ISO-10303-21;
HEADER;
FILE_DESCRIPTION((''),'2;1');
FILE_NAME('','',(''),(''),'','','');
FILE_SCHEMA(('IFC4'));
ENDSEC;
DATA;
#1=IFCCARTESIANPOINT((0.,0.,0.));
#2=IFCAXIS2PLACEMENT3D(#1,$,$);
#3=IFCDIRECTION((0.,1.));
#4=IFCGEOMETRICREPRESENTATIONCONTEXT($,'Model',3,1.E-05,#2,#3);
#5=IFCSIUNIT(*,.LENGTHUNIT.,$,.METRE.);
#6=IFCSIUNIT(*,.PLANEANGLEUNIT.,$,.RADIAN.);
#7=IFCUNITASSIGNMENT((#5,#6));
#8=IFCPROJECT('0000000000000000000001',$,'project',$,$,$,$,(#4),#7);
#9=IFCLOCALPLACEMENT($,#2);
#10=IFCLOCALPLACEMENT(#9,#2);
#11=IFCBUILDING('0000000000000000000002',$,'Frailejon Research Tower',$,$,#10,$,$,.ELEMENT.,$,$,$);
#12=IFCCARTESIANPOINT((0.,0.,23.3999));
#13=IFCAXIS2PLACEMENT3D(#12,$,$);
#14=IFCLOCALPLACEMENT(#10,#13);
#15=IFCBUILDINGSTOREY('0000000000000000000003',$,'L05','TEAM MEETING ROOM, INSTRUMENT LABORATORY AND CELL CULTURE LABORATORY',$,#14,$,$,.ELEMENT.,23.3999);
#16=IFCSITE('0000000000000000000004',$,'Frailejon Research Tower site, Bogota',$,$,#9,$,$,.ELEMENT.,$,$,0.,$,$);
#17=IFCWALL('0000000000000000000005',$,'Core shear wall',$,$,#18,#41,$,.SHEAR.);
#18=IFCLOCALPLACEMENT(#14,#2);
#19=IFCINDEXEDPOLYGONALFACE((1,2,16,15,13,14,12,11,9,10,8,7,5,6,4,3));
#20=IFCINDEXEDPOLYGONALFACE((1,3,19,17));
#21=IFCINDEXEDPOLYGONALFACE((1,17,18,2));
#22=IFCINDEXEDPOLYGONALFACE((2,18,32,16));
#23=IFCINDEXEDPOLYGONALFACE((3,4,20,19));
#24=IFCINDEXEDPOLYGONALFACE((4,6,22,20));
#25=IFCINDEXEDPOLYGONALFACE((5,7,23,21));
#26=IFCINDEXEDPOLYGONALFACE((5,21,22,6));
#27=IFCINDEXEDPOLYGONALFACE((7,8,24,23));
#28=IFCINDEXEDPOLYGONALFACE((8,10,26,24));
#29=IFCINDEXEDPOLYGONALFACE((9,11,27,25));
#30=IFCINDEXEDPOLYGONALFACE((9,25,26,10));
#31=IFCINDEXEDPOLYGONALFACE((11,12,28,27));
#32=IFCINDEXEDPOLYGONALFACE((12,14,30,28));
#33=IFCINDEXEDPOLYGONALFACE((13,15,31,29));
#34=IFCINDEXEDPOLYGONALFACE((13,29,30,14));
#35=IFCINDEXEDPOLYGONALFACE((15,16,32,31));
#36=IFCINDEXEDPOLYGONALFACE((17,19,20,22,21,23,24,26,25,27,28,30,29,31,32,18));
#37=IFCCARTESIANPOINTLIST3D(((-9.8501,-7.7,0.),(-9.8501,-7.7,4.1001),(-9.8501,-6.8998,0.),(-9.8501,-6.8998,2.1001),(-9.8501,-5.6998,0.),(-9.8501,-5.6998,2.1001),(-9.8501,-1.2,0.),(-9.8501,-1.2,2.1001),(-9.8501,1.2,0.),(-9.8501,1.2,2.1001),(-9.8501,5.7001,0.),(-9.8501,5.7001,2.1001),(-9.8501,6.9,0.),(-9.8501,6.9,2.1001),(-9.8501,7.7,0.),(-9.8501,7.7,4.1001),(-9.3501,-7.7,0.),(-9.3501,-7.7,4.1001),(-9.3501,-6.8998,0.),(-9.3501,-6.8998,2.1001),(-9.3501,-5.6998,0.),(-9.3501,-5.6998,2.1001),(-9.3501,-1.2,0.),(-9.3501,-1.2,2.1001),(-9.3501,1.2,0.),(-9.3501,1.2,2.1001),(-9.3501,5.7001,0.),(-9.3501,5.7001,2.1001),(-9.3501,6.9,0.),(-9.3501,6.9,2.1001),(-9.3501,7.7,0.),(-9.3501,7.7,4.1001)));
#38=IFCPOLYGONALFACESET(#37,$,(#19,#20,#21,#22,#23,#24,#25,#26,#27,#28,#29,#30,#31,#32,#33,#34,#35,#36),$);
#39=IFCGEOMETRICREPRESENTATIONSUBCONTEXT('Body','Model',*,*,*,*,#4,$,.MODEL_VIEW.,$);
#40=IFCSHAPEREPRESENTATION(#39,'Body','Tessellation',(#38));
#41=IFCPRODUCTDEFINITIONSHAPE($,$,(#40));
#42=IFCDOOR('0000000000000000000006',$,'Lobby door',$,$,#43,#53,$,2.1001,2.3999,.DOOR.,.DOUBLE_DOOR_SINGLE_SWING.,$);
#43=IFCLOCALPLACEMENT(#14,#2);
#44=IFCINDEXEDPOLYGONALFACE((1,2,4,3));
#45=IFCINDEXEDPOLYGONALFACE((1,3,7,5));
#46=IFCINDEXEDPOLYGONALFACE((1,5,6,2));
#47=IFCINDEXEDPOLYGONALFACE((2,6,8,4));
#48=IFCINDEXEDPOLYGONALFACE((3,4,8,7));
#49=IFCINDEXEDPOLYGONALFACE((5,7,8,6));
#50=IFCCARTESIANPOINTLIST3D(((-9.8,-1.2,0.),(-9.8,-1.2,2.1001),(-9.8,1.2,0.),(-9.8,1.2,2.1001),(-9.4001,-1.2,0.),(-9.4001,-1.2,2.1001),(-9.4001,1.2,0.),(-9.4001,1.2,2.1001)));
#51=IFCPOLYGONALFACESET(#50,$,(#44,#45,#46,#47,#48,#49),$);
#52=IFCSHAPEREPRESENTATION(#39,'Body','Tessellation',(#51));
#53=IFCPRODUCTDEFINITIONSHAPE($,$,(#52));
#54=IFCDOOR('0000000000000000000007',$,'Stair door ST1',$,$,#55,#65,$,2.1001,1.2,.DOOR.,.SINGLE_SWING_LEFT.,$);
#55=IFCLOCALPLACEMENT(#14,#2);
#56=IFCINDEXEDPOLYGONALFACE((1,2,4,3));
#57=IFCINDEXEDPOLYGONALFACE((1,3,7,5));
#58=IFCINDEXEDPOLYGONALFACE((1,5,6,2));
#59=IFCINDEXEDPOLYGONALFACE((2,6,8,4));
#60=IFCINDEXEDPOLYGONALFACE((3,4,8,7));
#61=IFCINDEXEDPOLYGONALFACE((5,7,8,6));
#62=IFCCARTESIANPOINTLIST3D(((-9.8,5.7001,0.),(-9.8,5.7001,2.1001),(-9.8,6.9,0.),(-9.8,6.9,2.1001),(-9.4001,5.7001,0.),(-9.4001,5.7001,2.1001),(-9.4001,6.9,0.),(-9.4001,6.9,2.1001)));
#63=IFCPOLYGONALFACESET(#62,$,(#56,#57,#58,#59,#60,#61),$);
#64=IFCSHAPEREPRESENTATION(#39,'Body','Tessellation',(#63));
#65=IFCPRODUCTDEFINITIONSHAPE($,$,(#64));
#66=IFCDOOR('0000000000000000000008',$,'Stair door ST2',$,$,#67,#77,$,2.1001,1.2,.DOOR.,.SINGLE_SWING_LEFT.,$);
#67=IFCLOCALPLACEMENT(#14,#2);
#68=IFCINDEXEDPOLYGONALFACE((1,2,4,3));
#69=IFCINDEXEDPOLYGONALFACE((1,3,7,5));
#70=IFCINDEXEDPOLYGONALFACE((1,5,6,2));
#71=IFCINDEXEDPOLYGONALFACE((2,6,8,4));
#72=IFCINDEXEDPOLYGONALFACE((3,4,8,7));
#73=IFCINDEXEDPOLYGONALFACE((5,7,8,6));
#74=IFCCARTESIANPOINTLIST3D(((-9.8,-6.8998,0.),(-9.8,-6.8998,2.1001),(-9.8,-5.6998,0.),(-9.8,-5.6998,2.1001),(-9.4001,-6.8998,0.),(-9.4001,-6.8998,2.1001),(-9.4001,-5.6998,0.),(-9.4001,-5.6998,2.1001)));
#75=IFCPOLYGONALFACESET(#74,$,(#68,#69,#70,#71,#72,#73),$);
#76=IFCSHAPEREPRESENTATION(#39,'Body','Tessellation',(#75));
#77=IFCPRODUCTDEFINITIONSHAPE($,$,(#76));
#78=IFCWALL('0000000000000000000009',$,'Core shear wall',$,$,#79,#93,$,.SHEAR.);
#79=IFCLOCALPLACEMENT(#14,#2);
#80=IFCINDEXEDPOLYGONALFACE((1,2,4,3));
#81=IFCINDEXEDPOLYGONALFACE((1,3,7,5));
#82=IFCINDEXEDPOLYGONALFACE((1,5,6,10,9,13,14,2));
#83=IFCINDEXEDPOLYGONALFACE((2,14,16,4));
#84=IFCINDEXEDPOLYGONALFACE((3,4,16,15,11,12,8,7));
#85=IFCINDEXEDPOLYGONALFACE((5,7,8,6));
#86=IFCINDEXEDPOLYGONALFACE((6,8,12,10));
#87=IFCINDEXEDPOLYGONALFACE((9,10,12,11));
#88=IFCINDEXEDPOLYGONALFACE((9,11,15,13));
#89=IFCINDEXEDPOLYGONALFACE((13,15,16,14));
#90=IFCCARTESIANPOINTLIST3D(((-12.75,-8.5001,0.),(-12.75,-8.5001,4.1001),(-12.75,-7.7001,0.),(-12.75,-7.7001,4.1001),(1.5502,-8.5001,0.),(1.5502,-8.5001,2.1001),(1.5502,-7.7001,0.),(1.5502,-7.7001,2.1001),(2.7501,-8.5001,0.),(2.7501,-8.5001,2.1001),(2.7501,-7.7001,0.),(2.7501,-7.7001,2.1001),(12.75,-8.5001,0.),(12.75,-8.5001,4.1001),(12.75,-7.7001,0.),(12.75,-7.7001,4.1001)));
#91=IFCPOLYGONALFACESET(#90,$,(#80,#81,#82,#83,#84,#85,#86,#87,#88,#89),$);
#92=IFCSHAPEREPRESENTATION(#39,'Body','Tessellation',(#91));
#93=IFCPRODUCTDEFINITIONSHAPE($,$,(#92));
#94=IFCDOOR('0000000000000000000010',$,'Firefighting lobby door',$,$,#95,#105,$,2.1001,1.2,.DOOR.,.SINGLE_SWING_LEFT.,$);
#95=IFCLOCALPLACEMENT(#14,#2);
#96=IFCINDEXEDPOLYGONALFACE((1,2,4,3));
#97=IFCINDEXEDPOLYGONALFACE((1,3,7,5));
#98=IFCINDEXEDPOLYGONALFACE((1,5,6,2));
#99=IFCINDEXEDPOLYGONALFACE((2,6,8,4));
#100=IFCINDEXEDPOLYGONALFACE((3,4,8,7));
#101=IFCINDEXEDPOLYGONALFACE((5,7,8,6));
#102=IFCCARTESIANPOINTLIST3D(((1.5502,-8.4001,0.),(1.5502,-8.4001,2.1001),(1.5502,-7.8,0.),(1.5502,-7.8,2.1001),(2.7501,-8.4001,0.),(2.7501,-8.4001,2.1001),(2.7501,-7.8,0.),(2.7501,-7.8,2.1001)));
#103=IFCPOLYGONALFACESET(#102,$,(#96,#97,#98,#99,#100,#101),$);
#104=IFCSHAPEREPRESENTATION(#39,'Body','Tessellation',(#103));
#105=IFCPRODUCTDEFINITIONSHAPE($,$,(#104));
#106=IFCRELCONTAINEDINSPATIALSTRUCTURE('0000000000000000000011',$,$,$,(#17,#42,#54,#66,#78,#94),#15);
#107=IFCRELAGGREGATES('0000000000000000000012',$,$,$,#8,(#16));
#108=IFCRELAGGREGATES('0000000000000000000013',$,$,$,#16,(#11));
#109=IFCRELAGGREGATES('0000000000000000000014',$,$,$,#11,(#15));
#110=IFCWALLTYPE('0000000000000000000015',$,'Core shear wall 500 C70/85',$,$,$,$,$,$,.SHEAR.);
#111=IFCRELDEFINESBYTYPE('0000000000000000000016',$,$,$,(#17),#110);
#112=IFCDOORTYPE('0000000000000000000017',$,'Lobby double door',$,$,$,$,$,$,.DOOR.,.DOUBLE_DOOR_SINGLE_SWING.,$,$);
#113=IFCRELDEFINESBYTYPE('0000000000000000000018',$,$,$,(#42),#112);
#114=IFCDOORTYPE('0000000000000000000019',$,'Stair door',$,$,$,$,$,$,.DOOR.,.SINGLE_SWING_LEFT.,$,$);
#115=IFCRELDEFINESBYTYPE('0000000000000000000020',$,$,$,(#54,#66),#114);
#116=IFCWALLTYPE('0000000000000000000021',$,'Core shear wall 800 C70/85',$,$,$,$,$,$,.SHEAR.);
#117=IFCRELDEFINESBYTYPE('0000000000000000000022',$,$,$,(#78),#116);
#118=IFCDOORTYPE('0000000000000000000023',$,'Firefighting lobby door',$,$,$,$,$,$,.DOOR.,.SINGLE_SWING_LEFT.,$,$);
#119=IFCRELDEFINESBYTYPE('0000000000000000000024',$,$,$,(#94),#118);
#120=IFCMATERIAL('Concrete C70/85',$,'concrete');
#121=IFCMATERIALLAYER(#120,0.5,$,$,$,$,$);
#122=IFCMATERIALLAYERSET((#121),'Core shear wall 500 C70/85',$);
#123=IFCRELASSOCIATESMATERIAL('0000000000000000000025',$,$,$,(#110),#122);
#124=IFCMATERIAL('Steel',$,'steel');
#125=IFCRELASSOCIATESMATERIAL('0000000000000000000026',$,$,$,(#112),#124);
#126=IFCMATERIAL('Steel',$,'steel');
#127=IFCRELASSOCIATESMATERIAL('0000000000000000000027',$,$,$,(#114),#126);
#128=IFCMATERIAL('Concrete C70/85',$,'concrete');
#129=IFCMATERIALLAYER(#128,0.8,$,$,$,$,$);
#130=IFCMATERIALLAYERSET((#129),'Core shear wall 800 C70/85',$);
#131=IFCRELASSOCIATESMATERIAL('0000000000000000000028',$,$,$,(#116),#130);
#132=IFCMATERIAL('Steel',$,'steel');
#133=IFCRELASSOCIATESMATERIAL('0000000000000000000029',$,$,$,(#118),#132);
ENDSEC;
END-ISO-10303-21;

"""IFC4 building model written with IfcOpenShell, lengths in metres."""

from ifc_helpers import new_model, si_unit, direction, frame, frame_2d, origin, place, context, subcontext, project, spatial, rectangle, extrude, material, layer, layer_set, type_object, element, fill, save


model = new_model("IFC4")

# Units and contexts
model_context = context("Model", 3, precision=1e-05, world=origin(), true_north=direction((0.0, 1.0)))
body_context = subcontext(model_context, "Body", "Model", "MODEL_VIEW")
ifc_project = project(units=[si_unit("LENGTHUNIT", "METRE"), si_unit("PLANEANGLEUNIT", "RADIAN")], contexts=[model_context])

# Site, building, storey
site_placement = place(None, origin())
site = spatial("IfcSite", under=ifc_project, at=site_placement, Name="Frailejon Research Tower site, Bogota", CompositionType="ELEMENT", RefElevation=0.0)
building_placement = place(site_placement, origin())
building = spatial("IfcBuilding", under=site, at=building_placement, Name="Frailejon Research Tower", CompositionType="ELEMENT")
storey_placement = place(building_placement, frame((0.0, 0.0, 23.3999)))
storey = spatial("IfcBuildingStorey", under=building, at=storey_placement, Name="L05", Description="TEAM MEETING ROOM, INSTRUMENT LABORATORY AND CELL CULTURE LABORATORY", CompositionType="ELEMENT", Elevation=23.3999)

# Wall, openings, doors
ifc_material_1 = material(Name="Concrete C70/85", Category="concrete")
ifc_layer_1 = layer(ifc_material_1, 0.5)
ifc_layer_set_1 = layer_set([ifc_layer_1], Name="Core shear wall 500 C70/85")
wall_type_1 = type_object("IfcWallType", Name="Core shear wall 500 C70/85", PredefinedType="SHEAR", material=ifc_layer_set_1)
wall_1_placement = place(storey_placement, frame((-9.6001, -7.7, 0.0), z_axis=(0.0, 0.0, 1.0), x_axis=(0.0, 1.0, 0.0)))
wall_1 = element("IfcWall", 1, at=wall_1_placement, inside=storey, type_object=wall_type_1, Name="Core shear wall", PredefinedType="SHEAR", context=body_context, shape_type="SweptSolid", body=[
    extrude(rectangle(XDim=15.3999, YDim=0.5, at=frame_2d((7.7, 0.0))), origin(), (0.0, 0.0, 1.0), 4.1001),
])
opening_1_placement = place(wall_1_placement, frame((6.5, 0.0, 0.0)))
opening_1 = element("IfcOpeningElement", 2, at=opening_1_placement, cuts=wall_1, PredefinedType="OPENING", context=body_context, shape_type="SweptSolid", body=[
    extrude(rectangle(XDim=2.3999, YDim=2.1001, at=frame_2d((1.2, 1.05))), frame((0.0, 0.26, 0.0), z_axis=(0.0, -1.0, 0.0), x_axis=(1.0, 0.0, 0.0)), (0.0, 0.0, 1.0), 0.52),
])
opening_2_placement = place(wall_1_placement, frame((13.3999, 0.0, 0.0)))
opening_2 = element("IfcOpeningElement", 3, at=opening_2_placement, cuts=wall_1, PredefinedType="OPENING", context=body_context, shape_type="SweptSolid", body=[
    extrude(rectangle(XDim=1.2, YDim=2.1001, at=frame_2d((0.6001, 1.05))), frame((0.0, 0.26, 0.0), z_axis=(0.0, -1.0, 0.0), x_axis=(1.0, 0.0, 0.0)), (0.0, 0.0, 1.0), 0.52),
])
opening_3_placement = place(wall_1_placement, frame((0.8, 0.0, 0.0)))
opening_3 = element("IfcOpeningElement", 4, at=opening_3_placement, cuts=wall_1, PredefinedType="OPENING", context=body_context, shape_type="SweptSolid", body=[
    extrude(rectangle(XDim=1.2, YDim=2.1001, at=frame_2d((0.6001, 1.05))), frame((0.0, 0.26, 0.0), z_axis=(0.0, -1.0, 0.0), x_axis=(1.0, 0.0, 0.0)), (0.0, 0.0, 1.0), 0.52),
])
ifc_material_2 = material(Name="Steel", Category="steel")
door_type_1 = type_object("IfcDoorType", Name="Lobby double door", OperationType="DOUBLE_DOOR_SINGLE_SWING", PredefinedType="DOOR", material=ifc_material_2)
door_1_placement = place(opening_1_placement, origin())
door_1 = element("IfcDoor", 5, at=door_1_placement, inside=storey, type_object=door_type_1, Name="Lobby door", OperationType="DOUBLE_DOOR_SINGLE_SWING", OverallHeight=2.1001, OverallWidth=2.3999, PredefinedType="DOOR", context=body_context, shape_type="SweptSolid", body=[
    extrude(rectangle(XDim=2.3999, YDim=2.1001, at=frame_2d((1.2, 1.05))), frame((0.0, 0.2, 0.0), z_axis=(0.0, -1.0, 0.0), x_axis=(1.0, 0.0, 0.0)), (0.0, 0.0, 1.0), 0.3999),
])
fill(opening_1, door_1)
ifc_material_3 = material(Name="Steel", Category="steel")
door_type_2 = type_object("IfcDoorType", Name="Stair door", OperationType="SINGLE_SWING_LEFT", PredefinedType="DOOR", material=ifc_material_3)
door_2_placement = place(opening_2_placement, origin())
door_2 = element("IfcDoor", 6, at=door_2_placement, inside=storey, type_object=door_type_2, Name="Stair door ST1", OperationType="SINGLE_SWING_LEFT", OverallHeight=2.1001, OverallWidth=1.2, PredefinedType="DOOR", context=body_context, shape_type="SweptSolid", body=[
    extrude(rectangle(XDim=1.2, YDim=2.1001, at=frame_2d((0.6001, 1.05))), frame((0.0, 0.2, 0.0), z_axis=(0.0, -1.0, 0.0), x_axis=(1.0, 0.0, 0.0)), (0.0, 0.0, 1.0), 0.3999),
])
fill(opening_2, door_2)
door_3_placement = place(opening_3_placement, origin())
door_3 = element("IfcDoor", 7, at=door_3_placement, inside=storey, type_object=door_type_2, Name="Stair door ST2", OperationType="SINGLE_SWING_LEFT", OverallHeight=2.1001, OverallWidth=1.2, PredefinedType="DOOR", context=body_context, shape_type="SweptSolid", body=[
    extrude(rectangle(XDim=1.2, YDim=2.1001, at=frame_2d((0.6001, 1.05))), frame((0.0, 0.2, 0.0), z_axis=(0.0, -1.0, 0.0), x_axis=(1.0, 0.0, 0.0)), (0.0, 0.0, 1.0), 0.3999),
])
fill(opening_3, door_3)

# Wall, opening, door
ifc_material_4 = material(Name="Concrete C70/85", Category="concrete")
ifc_layer_2 = layer(ifc_material_4, 0.8)
ifc_layer_set_2 = layer_set([ifc_layer_2], Name="Core shear wall 800 C70/85")
wall_type_2 = type_object("IfcWallType", Name="Core shear wall 800 C70/85", PredefinedType="SHEAR", material=ifc_layer_set_2)
wall_2_placement = place(storey_placement, frame((-12.75, -8.1001, 0.0), z_axis=(0.0, 0.0, 1.0), x_axis=(1.0, 0.0, 0.0)))
wall_2 = element("IfcWall", 8, at=wall_2_placement, inside=storey, type_object=wall_type_2, Name="Core shear wall", PredefinedType="SHEAR", context=body_context, shape_type="SweptSolid", body=[
    extrude(rectangle(XDim=25.5, YDim=0.8, at=frame_2d((12.75, 0.0))), origin(), (0.0, 0.0, 1.0), 4.1001),
])
opening_4_placement = place(wall_2_placement, frame((14.3, 0.0, 0.0)))
opening_4 = element("IfcOpeningElement", 9, at=opening_4_placement, cuts=wall_2, PredefinedType="OPENING", context=body_context, shape_type="SweptSolid", body=[
    extrude(rectangle(XDim=1.2, YDim=2.1001, at=frame_2d((0.6001, 1.05))), frame((0.0, 0.4099, 0.0), z_axis=(0.0, -1.0, 0.0), x_axis=(1.0, 0.0, 0.0)), (0.0, 0.0, 1.0), 0.8201),
])
ifc_material_5 = material(Name="Steel", Category="steel")
door_type_3 = type_object("IfcDoorType", Name="Firefighting lobby door", OperationType="SINGLE_SWING_LEFT", PredefinedType="DOOR", material=ifc_material_5)
door_4_placement = place(opening_4_placement, origin())
door_4 = element("IfcDoor", 10, at=door_4_placement, inside=storey, type_object=door_type_3, Name="Firefighting lobby door", OperationType="SINGLE_SWING_LEFT", OverallHeight=2.1001, OverallWidth=1.2, PredefinedType="DOOR", context=body_context, shape_type="SweptSolid", body=[
    extrude(rectangle(XDim=1.2, YDim=2.1001, at=frame_2d((0.6001, 1.05))), frame((0.0, 0.3, 0.0), z_axis=(0.0, -1.0, 0.0), x_axis=(1.0, 0.0, 0.0)), (0.0, 0.0, 1.0), 0.6001),
])
fill(opening_4, door_4)

save(model, "model.ifc")
